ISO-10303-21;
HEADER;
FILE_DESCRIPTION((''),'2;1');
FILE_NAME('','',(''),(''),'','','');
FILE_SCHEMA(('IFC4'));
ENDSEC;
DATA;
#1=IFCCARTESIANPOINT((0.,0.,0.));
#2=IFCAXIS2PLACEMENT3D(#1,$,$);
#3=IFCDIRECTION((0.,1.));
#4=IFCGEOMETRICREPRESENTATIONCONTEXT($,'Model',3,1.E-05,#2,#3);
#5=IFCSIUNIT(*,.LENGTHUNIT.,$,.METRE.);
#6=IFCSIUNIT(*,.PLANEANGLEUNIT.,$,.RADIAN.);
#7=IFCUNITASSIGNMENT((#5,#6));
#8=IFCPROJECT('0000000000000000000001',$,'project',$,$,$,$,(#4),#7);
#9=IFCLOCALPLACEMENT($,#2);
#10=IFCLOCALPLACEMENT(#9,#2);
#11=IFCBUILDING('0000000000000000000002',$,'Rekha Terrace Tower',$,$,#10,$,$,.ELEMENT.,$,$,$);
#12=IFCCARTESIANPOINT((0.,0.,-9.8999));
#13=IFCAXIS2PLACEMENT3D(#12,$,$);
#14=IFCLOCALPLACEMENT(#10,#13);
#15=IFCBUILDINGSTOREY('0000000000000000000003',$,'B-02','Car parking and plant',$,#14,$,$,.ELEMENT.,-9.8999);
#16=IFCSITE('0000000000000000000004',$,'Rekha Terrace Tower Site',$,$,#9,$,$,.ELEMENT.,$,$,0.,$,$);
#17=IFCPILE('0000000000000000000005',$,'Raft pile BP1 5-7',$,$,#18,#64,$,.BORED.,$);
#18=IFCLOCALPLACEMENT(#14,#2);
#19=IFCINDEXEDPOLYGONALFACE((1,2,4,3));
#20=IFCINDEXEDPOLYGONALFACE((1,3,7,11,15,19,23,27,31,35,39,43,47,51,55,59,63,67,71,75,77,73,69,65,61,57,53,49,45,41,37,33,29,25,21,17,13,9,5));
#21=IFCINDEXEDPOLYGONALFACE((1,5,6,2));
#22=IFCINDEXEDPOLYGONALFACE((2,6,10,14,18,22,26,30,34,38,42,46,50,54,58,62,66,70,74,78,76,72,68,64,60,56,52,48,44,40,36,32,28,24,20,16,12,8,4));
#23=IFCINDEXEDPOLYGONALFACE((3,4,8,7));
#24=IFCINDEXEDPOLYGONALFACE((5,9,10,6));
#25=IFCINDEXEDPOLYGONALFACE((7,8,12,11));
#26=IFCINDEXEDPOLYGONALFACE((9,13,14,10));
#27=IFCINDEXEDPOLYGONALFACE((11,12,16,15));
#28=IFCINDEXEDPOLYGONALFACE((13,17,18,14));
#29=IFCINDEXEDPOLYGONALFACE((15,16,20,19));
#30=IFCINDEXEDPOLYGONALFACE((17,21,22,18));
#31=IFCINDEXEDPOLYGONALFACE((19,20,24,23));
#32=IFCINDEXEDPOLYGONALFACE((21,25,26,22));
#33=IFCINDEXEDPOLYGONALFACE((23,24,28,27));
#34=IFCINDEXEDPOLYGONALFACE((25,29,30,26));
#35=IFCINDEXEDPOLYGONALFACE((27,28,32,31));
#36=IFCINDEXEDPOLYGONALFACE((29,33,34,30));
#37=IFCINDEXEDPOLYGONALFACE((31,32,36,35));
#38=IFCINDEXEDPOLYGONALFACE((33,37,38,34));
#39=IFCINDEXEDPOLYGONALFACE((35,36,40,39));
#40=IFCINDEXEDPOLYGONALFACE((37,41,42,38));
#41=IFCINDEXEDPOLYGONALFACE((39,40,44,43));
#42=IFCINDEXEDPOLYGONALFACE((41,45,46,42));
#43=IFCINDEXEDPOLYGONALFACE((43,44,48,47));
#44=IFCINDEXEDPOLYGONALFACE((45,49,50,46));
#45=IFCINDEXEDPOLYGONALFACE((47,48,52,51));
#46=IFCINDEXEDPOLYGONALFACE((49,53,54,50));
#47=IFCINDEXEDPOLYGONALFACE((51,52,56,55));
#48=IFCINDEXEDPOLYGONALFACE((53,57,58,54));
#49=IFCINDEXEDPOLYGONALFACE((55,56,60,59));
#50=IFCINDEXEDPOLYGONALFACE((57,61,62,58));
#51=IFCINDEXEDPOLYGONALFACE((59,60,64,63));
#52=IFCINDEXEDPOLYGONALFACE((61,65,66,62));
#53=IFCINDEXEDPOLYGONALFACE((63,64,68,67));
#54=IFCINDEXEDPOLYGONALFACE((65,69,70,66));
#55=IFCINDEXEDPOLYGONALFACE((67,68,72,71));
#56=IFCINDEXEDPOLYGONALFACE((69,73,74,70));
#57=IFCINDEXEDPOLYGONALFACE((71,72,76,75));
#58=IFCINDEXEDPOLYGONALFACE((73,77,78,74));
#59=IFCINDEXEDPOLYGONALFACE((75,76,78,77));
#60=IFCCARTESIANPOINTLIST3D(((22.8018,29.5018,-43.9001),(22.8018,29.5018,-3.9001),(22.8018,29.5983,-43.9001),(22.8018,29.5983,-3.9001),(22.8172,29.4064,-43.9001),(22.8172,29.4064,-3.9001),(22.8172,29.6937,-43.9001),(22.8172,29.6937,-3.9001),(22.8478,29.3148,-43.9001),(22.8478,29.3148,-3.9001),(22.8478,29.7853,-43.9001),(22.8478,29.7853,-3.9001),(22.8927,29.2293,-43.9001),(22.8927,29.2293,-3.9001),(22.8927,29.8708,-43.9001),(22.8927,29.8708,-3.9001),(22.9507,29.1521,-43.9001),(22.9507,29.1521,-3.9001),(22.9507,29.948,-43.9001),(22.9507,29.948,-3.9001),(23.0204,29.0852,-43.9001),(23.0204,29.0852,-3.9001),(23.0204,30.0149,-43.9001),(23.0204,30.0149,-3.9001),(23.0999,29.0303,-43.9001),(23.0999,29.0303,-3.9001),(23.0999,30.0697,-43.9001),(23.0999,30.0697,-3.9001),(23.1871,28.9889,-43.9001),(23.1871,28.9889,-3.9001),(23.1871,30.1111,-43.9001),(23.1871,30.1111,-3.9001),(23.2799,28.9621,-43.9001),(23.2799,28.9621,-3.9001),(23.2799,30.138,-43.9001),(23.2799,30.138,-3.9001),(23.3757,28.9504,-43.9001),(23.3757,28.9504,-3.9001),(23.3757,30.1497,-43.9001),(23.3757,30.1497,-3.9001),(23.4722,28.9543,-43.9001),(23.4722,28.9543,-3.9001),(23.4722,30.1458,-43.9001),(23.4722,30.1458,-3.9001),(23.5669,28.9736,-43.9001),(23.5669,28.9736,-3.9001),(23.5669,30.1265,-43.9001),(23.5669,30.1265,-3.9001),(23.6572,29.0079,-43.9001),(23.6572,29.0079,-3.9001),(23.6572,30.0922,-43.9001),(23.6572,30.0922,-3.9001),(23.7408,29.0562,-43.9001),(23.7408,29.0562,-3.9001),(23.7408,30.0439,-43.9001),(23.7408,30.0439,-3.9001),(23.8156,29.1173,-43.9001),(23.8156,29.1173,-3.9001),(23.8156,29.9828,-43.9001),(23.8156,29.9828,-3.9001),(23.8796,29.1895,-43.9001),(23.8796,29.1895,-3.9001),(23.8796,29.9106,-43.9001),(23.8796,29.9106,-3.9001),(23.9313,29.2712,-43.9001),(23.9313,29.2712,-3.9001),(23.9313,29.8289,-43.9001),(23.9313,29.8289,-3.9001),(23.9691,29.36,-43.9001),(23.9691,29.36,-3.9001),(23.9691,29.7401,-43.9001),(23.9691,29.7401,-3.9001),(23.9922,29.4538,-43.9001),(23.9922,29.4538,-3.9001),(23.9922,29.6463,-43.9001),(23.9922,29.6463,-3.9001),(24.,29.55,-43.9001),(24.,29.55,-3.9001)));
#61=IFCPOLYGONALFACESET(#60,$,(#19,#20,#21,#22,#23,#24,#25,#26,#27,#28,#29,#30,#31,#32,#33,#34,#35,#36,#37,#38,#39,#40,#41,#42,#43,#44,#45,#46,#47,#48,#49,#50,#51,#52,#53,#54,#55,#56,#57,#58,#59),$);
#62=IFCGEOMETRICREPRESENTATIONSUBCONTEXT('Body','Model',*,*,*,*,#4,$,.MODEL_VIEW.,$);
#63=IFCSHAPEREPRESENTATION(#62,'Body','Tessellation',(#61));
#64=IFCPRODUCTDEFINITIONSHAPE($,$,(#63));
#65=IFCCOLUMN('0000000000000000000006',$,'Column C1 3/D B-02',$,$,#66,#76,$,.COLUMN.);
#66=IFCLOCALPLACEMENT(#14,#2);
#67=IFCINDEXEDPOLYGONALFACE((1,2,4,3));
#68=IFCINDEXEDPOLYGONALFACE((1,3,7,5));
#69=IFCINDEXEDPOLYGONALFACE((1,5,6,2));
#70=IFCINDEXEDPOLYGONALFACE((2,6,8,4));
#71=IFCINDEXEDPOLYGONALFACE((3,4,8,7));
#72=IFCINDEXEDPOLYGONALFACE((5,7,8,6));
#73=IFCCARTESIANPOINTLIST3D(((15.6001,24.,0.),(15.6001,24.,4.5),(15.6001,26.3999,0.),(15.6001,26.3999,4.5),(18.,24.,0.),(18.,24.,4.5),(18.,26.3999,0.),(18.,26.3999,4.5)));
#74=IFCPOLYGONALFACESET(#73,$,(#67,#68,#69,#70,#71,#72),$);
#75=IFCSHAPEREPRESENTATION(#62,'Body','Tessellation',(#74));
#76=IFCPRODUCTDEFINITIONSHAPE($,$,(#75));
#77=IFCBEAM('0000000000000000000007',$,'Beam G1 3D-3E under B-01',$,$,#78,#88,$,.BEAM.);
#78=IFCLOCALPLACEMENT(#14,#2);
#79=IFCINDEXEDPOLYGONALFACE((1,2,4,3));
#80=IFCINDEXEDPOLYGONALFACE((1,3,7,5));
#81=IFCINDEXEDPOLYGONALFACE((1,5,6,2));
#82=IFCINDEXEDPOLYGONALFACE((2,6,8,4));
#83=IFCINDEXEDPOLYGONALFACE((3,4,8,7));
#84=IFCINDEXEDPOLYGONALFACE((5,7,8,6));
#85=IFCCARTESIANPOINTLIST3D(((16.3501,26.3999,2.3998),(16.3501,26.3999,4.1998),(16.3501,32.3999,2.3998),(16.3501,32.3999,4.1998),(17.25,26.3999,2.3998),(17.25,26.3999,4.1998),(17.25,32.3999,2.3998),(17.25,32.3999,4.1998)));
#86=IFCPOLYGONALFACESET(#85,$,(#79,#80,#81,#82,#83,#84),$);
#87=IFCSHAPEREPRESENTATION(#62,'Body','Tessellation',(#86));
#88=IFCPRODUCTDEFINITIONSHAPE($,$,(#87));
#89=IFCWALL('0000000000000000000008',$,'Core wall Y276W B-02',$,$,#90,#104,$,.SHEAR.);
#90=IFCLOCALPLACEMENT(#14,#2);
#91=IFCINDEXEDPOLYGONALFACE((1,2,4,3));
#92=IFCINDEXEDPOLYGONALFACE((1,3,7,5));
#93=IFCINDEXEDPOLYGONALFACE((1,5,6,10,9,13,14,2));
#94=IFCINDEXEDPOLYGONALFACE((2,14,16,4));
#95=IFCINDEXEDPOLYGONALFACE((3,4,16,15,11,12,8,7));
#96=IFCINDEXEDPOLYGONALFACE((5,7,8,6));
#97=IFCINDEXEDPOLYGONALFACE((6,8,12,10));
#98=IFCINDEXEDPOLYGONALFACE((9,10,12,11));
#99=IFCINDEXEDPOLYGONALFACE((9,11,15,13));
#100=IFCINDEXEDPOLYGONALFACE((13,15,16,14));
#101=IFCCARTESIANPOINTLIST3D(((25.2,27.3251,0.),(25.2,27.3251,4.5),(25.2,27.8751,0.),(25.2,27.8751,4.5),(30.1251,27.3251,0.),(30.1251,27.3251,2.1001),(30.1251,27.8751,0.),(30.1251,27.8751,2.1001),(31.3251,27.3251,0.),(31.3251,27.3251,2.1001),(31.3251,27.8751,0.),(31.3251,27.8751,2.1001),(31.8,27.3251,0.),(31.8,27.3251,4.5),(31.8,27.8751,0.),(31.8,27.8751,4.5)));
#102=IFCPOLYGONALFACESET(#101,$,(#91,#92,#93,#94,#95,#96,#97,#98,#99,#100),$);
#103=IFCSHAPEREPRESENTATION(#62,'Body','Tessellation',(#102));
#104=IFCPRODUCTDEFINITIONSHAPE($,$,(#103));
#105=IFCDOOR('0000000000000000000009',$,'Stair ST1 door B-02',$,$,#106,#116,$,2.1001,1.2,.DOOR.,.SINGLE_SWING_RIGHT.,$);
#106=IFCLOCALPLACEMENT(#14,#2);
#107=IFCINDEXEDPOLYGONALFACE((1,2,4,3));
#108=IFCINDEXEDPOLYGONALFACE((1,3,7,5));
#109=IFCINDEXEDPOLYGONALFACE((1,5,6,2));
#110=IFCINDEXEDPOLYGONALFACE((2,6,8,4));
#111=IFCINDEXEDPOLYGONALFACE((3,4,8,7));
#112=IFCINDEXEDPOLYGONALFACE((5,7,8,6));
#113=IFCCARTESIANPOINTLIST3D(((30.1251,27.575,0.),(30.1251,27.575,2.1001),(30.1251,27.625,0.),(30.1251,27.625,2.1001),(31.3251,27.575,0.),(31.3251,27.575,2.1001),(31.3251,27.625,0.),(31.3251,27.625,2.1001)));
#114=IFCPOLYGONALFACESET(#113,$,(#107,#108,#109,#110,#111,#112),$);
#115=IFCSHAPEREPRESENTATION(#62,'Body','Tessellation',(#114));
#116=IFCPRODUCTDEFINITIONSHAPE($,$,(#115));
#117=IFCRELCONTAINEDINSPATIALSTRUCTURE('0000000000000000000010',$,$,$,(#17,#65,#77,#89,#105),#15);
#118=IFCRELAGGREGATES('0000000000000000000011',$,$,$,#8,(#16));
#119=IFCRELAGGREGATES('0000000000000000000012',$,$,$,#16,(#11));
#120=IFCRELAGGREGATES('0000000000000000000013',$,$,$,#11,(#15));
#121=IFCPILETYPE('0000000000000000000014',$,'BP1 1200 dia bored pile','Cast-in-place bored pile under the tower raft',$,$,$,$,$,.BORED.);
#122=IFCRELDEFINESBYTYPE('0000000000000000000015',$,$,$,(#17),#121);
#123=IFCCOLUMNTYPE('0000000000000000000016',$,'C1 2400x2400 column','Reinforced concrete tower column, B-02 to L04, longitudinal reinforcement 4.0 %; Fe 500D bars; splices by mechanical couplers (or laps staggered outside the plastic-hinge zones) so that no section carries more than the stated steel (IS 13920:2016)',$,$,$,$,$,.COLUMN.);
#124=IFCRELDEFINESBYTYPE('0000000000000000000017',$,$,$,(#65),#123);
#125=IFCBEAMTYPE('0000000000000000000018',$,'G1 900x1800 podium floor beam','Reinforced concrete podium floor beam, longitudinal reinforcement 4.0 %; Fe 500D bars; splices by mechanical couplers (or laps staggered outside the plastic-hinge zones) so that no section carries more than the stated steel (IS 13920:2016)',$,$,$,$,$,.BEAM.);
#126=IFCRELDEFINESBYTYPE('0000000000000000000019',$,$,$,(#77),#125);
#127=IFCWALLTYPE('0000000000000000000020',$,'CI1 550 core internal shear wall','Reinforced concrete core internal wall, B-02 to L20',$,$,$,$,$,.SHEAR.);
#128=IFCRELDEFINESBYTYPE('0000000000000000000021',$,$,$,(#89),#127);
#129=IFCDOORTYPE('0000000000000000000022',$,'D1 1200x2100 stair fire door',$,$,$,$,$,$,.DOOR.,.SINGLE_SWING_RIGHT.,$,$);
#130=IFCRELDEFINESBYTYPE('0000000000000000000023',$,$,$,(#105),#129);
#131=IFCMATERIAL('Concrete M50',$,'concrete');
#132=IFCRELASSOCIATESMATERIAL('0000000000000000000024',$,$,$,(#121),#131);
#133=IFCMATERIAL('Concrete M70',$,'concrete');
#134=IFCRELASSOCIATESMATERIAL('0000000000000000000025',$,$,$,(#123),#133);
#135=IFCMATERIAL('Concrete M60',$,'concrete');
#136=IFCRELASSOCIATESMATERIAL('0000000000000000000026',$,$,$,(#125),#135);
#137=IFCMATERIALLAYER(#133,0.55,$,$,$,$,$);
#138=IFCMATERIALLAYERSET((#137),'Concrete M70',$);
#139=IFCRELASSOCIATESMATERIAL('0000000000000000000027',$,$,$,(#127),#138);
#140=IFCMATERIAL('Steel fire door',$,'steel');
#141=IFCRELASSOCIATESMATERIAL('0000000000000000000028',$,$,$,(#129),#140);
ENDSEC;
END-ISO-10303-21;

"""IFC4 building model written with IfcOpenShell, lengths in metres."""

from ifc_helpers import new_model, si_unit, direction, frame, frame_2d, origin, origin_2d, place, context, subcontext, project, spatial, rectangle, circle, extrude, material, layer, layer_set, material_profile, profile_set, type_object, element, fill, save


model = new_model("IFC4")

# Units and contexts
model_context = context("Model", 3, precision=1e-05, world=origin(), true_north=direction((0.0, 1.0)))
body_context = subcontext(model_context, "Body", "Model", "MODEL_VIEW")
ifc_project = project(units=[si_unit("LENGTHUNIT", "METRE"), si_unit("PLANEANGLEUNIT", "RADIAN")], contexts=[model_context])

# Site, building, storey
site_placement = place(None, origin())
site = spatial("IfcSite", under=ifc_project, at=site_placement, Name="Rekha Terrace Tower Site", CompositionType="ELEMENT", RefElevation=0.0)
building_placement = place(site_placement, origin())
building = spatial("IfcBuilding", under=site, at=building_placement, Name="Rekha Terrace Tower", CompositionType="ELEMENT")
storey_placement = place(building_placement, frame((0.0, 0.0, -9.8999)))
storey = spatial("IfcBuildingStorey", under=building, at=storey_placement, Name="B-02", Description="Car parking and plant", CompositionType="ELEMENT", Elevation=-9.8999)

# Pile
ifc_material_1 = material(Name="Concrete M50", Category="concrete")
pile_type = type_object("IfcPileType", Name="BP1 1200 dia bored pile", Description="Cast-in-place bored pile under the tower raft", PredefinedType="BORED", material=ifc_material_1)
for number, where, z_axis, x_axis, name in (
    (1, (23.3999, 29.55, -3.9001), (0.0, 0.0, -1.0), (1.0, 0.0, 0.0), "Raft pile BP1 5-7"),
):
    element("IfcPile", number, at=place(storey_placement, frame(where, z_axis=z_axis, x_axis=x_axis)), inside=storey, type_object=pile_type, Name=name, PredefinedType="BORED", context=body_context, shape_type="SweptSolid", body=[
        extrude(circle(Radius=0.6001, at=origin_2d()), origin(), (0.0, 0.0, 1.0), 40.0),
    ])

# Column
ifc_material_2 = material(Name="Concrete M70", Category="concrete")
ifc_material_profile_1 = material_profile(ifc_material_2, rectangle(XDim=2.3999, YDim=2.3999, at=origin_2d()), Name="RC 2400x2400")
ifc_profile_set_1 = profile_set([ifc_material_profile_1], Name="Concrete M70")
column_type = type_object("IfcColumnType", Name="C1 2400x2400 column", Description="Reinforced concrete tower column, B-02 to L04, longitudinal reinforcement 4.0 %; Fe 500D bars; splices by mechanical couplers (or laps staggered outside the plastic-hinge zones) so that no section carries more than the stated steel (IS 13920:2016)", PredefinedType="COLUMN", material=ifc_profile_set_1)
column_placement = place(storey_placement, frame((16.8, 25.2, 0.0), z_axis=(0.0, 0.0, 1.0), x_axis=(1.0, 0.0, 0.0)))
element("IfcColumn", 2, at=column_placement, inside=storey, type_object=column_type, Name="Column C1 3/D B-02", PredefinedType="COLUMN", context=body_context, shape_type="SweptSolid", body=[
    extrude(rectangle(XDim=2.3999, YDim=2.3999, at=origin_2d()), origin(), (0.0, 0.0, 1.0), 4.5),
])

# Beam
ifc_material_3 = material(Name="Concrete M60", Category="concrete")
ifc_material_profile_2 = material_profile(ifc_material_3, rectangle(XDim=0.8999, YDim=1.8, at=origin_2d()), Name="RC 900x1800")
ifc_profile_set_2 = profile_set([ifc_material_profile_2], Name="Concrete M60")
beam_type = type_object("IfcBeamType", Name="G1 900x1800 podium floor beam", Description="Reinforced concrete podium floor beam, longitudinal reinforcement 4.0 %; Fe 500D bars; splices by mechanical couplers (or laps staggered outside the plastic-hinge zones) so that no section carries more than the stated steel (IS 13920:2016)", PredefinedType="BEAM", material=ifc_profile_set_2)
beam_placement = place(storey_placement, frame((16.8, 26.3999, 3.2998), z_axis=(0.0, 1.0, 0.0), x_axis=(-1.0, 0.0, 0.0)))
element("IfcBeam", 3, at=beam_placement, inside=storey, type_object=beam_type, Name="Beam G1 3D-3E under B-01", PredefinedType="BEAM", context=body_context, shape_type="SweptSolid", body=[
    extrude(rectangle(XDim=0.8999, YDim=1.8, at=origin_2d()), origin(), (0.0, 0.0, 1.0), 6.0),
])

# Wall, opening, door
ifc_layer_1 = layer(ifc_material_2, 0.55)
ifc_layer_set_1 = layer_set([ifc_layer_1], Name="Concrete M70")
wall_type_1 = type_object("IfcWallType", Name="CI1 550 core internal shear wall", Description="Reinforced concrete core internal wall, B-02 to L20", PredefinedType="SHEAR", material=ifc_layer_set_1)
wall_1_placement = place(storey_placement, frame((25.2, 27.6001, 0.0), z_axis=(0.0, 0.0, 1.0), x_axis=(1.0, 0.0, 0.0)))
wall_1 = element("IfcWall", 4, at=wall_1_placement, inside=storey, type_object=wall_type_1, Name="Core wall Y276W B-02", PredefinedType="SHEAR", context=body_context, shape_type="SweptSolid", body=[
    extrude(rectangle(XDim=6.6001, YDim=0.55, at=frame_2d((3.3, 0.0))), origin(), (0.0, 0.0, 1.0), 4.5),
])
opening_1_placement = place(wall_1_placement, frame((4.925, 0.0, 0.0)))
opening_1 = element("IfcOpeningElement", 5, at=opening_1_placement, cuts=wall_1, PredefinedType="OPENING", context=body_context, shape_type="SweptSolid", body=[
    extrude(rectangle(XDim=1.2, YDim=2.1001, at=frame_2d((0.6001, 1.05))), frame((0.0, 0.2849, 0.0), z_axis=(0.0, -1.0, 0.0), x_axis=(1.0, 0.0, 0.0)), (0.0, 0.0, 1.0), 0.5701),
])
ifc_material_4 = material(Name="Steel fire door", Category="steel")
door_type_1 = type_object("IfcDoorType", Name="D1 1200x2100 stair fire door", OperationType="SINGLE_SWING_RIGHT", PredefinedType="DOOR", material=ifc_material_4)
door_1_placement = place(opening_1_placement, origin())
door_1 = element("IfcDoor", 6, at=door_1_placement, inside=storey, type_object=door_type_1, Name="Stair ST1 door B-02", OperationType="SINGLE_SWING_RIGHT", OverallHeight=2.1001, OverallWidth=1.2, PredefinedType="DOOR", context=body_context, shape_type="SweptSolid", body=[
    extrude(rectangle(XDim=1.2, YDim=2.1001, at=frame_2d((0.6001, 1.05))), frame((0.0, 0.0249, 0.0), z_axis=(0.0, -1.0, 0.0), x_axis=(1.0, 0.0, 0.0)), (0.0, 0.0, 1.0), 0.05),
])
fill(opening_1, door_1)

save(model, "model.ifc")
